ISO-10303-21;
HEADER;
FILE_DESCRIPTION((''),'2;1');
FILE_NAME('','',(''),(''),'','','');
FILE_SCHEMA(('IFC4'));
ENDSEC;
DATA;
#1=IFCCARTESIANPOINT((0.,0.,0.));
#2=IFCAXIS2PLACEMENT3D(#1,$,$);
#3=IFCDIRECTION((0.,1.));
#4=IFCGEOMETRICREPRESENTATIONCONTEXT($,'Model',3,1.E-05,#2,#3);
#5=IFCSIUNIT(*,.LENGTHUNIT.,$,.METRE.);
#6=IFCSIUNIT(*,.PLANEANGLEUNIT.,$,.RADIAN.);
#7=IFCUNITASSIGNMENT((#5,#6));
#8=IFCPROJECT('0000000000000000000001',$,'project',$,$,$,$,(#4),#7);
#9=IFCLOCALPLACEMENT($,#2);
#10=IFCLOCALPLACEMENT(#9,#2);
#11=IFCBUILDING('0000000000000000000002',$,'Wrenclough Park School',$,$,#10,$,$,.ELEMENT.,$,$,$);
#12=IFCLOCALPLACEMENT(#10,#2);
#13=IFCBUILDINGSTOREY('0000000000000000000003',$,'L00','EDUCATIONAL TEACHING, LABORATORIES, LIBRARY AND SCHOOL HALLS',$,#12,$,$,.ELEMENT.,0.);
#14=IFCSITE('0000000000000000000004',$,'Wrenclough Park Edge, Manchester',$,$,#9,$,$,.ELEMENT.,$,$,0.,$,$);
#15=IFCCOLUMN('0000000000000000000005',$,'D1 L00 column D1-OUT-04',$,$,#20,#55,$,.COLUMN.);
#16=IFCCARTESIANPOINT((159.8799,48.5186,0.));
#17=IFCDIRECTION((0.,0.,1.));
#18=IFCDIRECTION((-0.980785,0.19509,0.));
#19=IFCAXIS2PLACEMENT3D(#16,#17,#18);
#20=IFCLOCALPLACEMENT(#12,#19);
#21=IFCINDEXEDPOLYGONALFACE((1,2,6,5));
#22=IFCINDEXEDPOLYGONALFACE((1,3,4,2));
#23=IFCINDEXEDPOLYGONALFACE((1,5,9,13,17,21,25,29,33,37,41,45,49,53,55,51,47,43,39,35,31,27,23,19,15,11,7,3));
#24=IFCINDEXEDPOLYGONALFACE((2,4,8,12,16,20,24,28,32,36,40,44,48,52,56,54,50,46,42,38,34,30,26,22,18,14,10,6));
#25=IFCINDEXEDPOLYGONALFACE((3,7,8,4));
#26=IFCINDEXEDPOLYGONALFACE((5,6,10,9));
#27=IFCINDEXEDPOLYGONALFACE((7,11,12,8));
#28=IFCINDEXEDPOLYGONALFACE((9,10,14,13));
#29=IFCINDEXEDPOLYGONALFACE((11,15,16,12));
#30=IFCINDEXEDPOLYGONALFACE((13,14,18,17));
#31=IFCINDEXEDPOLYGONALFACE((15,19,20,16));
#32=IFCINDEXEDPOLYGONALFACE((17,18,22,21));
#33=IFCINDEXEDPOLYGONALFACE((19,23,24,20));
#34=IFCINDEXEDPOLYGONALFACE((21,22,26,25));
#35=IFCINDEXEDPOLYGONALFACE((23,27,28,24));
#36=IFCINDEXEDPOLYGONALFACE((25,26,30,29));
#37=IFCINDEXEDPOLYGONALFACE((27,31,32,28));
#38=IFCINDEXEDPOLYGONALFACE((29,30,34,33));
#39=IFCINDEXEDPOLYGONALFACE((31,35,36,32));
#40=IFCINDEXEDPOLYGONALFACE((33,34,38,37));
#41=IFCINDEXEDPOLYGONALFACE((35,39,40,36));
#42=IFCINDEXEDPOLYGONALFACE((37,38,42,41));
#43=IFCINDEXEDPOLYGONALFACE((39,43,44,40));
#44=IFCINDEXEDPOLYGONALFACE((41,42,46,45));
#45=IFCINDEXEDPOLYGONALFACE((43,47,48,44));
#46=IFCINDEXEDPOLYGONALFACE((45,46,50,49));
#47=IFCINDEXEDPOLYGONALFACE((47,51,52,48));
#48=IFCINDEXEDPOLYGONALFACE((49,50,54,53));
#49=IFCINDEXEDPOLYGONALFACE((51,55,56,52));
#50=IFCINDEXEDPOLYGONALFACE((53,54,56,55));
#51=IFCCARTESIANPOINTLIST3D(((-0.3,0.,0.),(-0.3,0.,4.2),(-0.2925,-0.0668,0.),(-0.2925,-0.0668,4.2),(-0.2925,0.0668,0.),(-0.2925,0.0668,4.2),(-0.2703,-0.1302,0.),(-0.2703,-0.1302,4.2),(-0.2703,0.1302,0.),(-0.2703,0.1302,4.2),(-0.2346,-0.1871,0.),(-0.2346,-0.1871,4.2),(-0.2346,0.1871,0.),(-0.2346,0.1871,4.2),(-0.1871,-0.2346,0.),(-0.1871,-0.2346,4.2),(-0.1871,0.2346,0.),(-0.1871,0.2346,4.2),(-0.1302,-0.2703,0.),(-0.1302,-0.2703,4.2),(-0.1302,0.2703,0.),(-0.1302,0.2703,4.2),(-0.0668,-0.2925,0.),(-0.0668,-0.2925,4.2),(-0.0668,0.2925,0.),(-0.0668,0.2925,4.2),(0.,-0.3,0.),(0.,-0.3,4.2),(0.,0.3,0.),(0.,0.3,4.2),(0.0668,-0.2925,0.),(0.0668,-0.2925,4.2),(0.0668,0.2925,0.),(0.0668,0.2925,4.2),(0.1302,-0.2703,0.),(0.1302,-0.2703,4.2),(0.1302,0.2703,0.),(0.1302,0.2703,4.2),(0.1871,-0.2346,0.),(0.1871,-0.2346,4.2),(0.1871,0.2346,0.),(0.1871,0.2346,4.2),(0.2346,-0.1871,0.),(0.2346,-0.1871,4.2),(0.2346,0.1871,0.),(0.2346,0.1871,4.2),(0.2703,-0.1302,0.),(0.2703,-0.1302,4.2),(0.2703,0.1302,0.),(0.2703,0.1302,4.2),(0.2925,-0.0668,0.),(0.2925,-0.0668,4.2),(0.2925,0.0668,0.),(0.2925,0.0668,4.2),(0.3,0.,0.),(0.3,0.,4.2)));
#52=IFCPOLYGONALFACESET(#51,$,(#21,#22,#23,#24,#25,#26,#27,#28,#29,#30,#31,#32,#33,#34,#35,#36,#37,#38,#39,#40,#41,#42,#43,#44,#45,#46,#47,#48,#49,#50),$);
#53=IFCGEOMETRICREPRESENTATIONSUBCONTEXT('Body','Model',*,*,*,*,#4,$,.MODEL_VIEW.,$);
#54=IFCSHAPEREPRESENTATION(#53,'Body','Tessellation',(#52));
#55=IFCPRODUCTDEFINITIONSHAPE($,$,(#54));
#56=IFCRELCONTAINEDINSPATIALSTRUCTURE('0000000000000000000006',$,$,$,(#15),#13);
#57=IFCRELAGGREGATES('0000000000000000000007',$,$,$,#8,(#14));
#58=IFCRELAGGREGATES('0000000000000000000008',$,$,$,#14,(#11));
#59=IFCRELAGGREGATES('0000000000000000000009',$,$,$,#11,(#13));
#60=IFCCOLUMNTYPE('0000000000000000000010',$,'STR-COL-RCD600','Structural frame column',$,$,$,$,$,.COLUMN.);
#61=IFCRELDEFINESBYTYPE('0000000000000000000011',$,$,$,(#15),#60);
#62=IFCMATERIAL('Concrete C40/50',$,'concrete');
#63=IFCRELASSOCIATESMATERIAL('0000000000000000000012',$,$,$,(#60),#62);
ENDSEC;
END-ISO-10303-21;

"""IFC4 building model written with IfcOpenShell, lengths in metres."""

from ifc_helpers import new_model, si_unit, direction, frame, origin, origin_2d, place, context, subcontext, project, spatial, circle, extrude, material, material_profile, profile_set, type_object, element, save


model = new_model("IFC4")

# Units and contexts
model_context = context("Model", 3, precision=1e-05, world=origin(), true_north=direction((0.0, 1.0)))
body_context = subcontext(model_context, "Body", "Model", "MODEL_VIEW")
ifc_project = project(units=[si_unit("LENGTHUNIT", "METRE"), si_unit("PLANEANGLEUNIT", "RADIAN")], contexts=[model_context])

# Site, building, storey
site_placement = place(None, origin())
site = spatial("IfcSite", under=ifc_project, at=site_placement, Name="Wrenclough Park Edge, Manchester", CompositionType="ELEMENT", RefElevation=0.0)
building_placement = place(site_placement, origin())
building = spatial("IfcBuilding", under=site, at=building_placement, Name="Wrenclough Park School", CompositionType="ELEMENT")
storey_placement = place(building_placement, origin())
storey = spatial("IfcBuildingStorey", under=building, at=storey_placement, Name="L00", Description="EDUCATIONAL TEACHING, LABORATORIES, LIBRARY AND SCHOOL HALLS", CompositionType="ELEMENT", Elevation=0.0)

# Column
ifc_material_1 = material(Name="Concrete C40/50", Category="concrete")
ifc_material_profile_1 = material_profile(ifc_material_1, circle(Radius=0.3, at=origin_2d()), Name="RC COL D600")
ifc_profile_set_1 = profile_set([ifc_material_profile_1], Name="Concrete C40/50")
column_type_1 = type_object("IfcColumnType", Name="STR-COL-RCD600", Description="Structural frame column", PredefinedType="COLUMN", material=ifc_profile_set_1)
column_1_placement = place(storey_placement, frame((159.8799, 48.5186, 0.0), z_axis=(0.0, 0.0, 1.0), x_axis=(-0.980785, 0.19509, 0.0)))
element("IfcColumn", 1, at=column_1_placement, inside=storey, type_object=column_type_1, Name="D1 L00 column D1-OUT-04", PredefinedType="COLUMN", context=body_context, shape_type="SweptSolid", body=[
    extrude(circle(Radius=0.3, at=origin_2d()), origin(), (0.0, 0.0, 1.0), 4.2),
])

save(model, "model.ifc")
